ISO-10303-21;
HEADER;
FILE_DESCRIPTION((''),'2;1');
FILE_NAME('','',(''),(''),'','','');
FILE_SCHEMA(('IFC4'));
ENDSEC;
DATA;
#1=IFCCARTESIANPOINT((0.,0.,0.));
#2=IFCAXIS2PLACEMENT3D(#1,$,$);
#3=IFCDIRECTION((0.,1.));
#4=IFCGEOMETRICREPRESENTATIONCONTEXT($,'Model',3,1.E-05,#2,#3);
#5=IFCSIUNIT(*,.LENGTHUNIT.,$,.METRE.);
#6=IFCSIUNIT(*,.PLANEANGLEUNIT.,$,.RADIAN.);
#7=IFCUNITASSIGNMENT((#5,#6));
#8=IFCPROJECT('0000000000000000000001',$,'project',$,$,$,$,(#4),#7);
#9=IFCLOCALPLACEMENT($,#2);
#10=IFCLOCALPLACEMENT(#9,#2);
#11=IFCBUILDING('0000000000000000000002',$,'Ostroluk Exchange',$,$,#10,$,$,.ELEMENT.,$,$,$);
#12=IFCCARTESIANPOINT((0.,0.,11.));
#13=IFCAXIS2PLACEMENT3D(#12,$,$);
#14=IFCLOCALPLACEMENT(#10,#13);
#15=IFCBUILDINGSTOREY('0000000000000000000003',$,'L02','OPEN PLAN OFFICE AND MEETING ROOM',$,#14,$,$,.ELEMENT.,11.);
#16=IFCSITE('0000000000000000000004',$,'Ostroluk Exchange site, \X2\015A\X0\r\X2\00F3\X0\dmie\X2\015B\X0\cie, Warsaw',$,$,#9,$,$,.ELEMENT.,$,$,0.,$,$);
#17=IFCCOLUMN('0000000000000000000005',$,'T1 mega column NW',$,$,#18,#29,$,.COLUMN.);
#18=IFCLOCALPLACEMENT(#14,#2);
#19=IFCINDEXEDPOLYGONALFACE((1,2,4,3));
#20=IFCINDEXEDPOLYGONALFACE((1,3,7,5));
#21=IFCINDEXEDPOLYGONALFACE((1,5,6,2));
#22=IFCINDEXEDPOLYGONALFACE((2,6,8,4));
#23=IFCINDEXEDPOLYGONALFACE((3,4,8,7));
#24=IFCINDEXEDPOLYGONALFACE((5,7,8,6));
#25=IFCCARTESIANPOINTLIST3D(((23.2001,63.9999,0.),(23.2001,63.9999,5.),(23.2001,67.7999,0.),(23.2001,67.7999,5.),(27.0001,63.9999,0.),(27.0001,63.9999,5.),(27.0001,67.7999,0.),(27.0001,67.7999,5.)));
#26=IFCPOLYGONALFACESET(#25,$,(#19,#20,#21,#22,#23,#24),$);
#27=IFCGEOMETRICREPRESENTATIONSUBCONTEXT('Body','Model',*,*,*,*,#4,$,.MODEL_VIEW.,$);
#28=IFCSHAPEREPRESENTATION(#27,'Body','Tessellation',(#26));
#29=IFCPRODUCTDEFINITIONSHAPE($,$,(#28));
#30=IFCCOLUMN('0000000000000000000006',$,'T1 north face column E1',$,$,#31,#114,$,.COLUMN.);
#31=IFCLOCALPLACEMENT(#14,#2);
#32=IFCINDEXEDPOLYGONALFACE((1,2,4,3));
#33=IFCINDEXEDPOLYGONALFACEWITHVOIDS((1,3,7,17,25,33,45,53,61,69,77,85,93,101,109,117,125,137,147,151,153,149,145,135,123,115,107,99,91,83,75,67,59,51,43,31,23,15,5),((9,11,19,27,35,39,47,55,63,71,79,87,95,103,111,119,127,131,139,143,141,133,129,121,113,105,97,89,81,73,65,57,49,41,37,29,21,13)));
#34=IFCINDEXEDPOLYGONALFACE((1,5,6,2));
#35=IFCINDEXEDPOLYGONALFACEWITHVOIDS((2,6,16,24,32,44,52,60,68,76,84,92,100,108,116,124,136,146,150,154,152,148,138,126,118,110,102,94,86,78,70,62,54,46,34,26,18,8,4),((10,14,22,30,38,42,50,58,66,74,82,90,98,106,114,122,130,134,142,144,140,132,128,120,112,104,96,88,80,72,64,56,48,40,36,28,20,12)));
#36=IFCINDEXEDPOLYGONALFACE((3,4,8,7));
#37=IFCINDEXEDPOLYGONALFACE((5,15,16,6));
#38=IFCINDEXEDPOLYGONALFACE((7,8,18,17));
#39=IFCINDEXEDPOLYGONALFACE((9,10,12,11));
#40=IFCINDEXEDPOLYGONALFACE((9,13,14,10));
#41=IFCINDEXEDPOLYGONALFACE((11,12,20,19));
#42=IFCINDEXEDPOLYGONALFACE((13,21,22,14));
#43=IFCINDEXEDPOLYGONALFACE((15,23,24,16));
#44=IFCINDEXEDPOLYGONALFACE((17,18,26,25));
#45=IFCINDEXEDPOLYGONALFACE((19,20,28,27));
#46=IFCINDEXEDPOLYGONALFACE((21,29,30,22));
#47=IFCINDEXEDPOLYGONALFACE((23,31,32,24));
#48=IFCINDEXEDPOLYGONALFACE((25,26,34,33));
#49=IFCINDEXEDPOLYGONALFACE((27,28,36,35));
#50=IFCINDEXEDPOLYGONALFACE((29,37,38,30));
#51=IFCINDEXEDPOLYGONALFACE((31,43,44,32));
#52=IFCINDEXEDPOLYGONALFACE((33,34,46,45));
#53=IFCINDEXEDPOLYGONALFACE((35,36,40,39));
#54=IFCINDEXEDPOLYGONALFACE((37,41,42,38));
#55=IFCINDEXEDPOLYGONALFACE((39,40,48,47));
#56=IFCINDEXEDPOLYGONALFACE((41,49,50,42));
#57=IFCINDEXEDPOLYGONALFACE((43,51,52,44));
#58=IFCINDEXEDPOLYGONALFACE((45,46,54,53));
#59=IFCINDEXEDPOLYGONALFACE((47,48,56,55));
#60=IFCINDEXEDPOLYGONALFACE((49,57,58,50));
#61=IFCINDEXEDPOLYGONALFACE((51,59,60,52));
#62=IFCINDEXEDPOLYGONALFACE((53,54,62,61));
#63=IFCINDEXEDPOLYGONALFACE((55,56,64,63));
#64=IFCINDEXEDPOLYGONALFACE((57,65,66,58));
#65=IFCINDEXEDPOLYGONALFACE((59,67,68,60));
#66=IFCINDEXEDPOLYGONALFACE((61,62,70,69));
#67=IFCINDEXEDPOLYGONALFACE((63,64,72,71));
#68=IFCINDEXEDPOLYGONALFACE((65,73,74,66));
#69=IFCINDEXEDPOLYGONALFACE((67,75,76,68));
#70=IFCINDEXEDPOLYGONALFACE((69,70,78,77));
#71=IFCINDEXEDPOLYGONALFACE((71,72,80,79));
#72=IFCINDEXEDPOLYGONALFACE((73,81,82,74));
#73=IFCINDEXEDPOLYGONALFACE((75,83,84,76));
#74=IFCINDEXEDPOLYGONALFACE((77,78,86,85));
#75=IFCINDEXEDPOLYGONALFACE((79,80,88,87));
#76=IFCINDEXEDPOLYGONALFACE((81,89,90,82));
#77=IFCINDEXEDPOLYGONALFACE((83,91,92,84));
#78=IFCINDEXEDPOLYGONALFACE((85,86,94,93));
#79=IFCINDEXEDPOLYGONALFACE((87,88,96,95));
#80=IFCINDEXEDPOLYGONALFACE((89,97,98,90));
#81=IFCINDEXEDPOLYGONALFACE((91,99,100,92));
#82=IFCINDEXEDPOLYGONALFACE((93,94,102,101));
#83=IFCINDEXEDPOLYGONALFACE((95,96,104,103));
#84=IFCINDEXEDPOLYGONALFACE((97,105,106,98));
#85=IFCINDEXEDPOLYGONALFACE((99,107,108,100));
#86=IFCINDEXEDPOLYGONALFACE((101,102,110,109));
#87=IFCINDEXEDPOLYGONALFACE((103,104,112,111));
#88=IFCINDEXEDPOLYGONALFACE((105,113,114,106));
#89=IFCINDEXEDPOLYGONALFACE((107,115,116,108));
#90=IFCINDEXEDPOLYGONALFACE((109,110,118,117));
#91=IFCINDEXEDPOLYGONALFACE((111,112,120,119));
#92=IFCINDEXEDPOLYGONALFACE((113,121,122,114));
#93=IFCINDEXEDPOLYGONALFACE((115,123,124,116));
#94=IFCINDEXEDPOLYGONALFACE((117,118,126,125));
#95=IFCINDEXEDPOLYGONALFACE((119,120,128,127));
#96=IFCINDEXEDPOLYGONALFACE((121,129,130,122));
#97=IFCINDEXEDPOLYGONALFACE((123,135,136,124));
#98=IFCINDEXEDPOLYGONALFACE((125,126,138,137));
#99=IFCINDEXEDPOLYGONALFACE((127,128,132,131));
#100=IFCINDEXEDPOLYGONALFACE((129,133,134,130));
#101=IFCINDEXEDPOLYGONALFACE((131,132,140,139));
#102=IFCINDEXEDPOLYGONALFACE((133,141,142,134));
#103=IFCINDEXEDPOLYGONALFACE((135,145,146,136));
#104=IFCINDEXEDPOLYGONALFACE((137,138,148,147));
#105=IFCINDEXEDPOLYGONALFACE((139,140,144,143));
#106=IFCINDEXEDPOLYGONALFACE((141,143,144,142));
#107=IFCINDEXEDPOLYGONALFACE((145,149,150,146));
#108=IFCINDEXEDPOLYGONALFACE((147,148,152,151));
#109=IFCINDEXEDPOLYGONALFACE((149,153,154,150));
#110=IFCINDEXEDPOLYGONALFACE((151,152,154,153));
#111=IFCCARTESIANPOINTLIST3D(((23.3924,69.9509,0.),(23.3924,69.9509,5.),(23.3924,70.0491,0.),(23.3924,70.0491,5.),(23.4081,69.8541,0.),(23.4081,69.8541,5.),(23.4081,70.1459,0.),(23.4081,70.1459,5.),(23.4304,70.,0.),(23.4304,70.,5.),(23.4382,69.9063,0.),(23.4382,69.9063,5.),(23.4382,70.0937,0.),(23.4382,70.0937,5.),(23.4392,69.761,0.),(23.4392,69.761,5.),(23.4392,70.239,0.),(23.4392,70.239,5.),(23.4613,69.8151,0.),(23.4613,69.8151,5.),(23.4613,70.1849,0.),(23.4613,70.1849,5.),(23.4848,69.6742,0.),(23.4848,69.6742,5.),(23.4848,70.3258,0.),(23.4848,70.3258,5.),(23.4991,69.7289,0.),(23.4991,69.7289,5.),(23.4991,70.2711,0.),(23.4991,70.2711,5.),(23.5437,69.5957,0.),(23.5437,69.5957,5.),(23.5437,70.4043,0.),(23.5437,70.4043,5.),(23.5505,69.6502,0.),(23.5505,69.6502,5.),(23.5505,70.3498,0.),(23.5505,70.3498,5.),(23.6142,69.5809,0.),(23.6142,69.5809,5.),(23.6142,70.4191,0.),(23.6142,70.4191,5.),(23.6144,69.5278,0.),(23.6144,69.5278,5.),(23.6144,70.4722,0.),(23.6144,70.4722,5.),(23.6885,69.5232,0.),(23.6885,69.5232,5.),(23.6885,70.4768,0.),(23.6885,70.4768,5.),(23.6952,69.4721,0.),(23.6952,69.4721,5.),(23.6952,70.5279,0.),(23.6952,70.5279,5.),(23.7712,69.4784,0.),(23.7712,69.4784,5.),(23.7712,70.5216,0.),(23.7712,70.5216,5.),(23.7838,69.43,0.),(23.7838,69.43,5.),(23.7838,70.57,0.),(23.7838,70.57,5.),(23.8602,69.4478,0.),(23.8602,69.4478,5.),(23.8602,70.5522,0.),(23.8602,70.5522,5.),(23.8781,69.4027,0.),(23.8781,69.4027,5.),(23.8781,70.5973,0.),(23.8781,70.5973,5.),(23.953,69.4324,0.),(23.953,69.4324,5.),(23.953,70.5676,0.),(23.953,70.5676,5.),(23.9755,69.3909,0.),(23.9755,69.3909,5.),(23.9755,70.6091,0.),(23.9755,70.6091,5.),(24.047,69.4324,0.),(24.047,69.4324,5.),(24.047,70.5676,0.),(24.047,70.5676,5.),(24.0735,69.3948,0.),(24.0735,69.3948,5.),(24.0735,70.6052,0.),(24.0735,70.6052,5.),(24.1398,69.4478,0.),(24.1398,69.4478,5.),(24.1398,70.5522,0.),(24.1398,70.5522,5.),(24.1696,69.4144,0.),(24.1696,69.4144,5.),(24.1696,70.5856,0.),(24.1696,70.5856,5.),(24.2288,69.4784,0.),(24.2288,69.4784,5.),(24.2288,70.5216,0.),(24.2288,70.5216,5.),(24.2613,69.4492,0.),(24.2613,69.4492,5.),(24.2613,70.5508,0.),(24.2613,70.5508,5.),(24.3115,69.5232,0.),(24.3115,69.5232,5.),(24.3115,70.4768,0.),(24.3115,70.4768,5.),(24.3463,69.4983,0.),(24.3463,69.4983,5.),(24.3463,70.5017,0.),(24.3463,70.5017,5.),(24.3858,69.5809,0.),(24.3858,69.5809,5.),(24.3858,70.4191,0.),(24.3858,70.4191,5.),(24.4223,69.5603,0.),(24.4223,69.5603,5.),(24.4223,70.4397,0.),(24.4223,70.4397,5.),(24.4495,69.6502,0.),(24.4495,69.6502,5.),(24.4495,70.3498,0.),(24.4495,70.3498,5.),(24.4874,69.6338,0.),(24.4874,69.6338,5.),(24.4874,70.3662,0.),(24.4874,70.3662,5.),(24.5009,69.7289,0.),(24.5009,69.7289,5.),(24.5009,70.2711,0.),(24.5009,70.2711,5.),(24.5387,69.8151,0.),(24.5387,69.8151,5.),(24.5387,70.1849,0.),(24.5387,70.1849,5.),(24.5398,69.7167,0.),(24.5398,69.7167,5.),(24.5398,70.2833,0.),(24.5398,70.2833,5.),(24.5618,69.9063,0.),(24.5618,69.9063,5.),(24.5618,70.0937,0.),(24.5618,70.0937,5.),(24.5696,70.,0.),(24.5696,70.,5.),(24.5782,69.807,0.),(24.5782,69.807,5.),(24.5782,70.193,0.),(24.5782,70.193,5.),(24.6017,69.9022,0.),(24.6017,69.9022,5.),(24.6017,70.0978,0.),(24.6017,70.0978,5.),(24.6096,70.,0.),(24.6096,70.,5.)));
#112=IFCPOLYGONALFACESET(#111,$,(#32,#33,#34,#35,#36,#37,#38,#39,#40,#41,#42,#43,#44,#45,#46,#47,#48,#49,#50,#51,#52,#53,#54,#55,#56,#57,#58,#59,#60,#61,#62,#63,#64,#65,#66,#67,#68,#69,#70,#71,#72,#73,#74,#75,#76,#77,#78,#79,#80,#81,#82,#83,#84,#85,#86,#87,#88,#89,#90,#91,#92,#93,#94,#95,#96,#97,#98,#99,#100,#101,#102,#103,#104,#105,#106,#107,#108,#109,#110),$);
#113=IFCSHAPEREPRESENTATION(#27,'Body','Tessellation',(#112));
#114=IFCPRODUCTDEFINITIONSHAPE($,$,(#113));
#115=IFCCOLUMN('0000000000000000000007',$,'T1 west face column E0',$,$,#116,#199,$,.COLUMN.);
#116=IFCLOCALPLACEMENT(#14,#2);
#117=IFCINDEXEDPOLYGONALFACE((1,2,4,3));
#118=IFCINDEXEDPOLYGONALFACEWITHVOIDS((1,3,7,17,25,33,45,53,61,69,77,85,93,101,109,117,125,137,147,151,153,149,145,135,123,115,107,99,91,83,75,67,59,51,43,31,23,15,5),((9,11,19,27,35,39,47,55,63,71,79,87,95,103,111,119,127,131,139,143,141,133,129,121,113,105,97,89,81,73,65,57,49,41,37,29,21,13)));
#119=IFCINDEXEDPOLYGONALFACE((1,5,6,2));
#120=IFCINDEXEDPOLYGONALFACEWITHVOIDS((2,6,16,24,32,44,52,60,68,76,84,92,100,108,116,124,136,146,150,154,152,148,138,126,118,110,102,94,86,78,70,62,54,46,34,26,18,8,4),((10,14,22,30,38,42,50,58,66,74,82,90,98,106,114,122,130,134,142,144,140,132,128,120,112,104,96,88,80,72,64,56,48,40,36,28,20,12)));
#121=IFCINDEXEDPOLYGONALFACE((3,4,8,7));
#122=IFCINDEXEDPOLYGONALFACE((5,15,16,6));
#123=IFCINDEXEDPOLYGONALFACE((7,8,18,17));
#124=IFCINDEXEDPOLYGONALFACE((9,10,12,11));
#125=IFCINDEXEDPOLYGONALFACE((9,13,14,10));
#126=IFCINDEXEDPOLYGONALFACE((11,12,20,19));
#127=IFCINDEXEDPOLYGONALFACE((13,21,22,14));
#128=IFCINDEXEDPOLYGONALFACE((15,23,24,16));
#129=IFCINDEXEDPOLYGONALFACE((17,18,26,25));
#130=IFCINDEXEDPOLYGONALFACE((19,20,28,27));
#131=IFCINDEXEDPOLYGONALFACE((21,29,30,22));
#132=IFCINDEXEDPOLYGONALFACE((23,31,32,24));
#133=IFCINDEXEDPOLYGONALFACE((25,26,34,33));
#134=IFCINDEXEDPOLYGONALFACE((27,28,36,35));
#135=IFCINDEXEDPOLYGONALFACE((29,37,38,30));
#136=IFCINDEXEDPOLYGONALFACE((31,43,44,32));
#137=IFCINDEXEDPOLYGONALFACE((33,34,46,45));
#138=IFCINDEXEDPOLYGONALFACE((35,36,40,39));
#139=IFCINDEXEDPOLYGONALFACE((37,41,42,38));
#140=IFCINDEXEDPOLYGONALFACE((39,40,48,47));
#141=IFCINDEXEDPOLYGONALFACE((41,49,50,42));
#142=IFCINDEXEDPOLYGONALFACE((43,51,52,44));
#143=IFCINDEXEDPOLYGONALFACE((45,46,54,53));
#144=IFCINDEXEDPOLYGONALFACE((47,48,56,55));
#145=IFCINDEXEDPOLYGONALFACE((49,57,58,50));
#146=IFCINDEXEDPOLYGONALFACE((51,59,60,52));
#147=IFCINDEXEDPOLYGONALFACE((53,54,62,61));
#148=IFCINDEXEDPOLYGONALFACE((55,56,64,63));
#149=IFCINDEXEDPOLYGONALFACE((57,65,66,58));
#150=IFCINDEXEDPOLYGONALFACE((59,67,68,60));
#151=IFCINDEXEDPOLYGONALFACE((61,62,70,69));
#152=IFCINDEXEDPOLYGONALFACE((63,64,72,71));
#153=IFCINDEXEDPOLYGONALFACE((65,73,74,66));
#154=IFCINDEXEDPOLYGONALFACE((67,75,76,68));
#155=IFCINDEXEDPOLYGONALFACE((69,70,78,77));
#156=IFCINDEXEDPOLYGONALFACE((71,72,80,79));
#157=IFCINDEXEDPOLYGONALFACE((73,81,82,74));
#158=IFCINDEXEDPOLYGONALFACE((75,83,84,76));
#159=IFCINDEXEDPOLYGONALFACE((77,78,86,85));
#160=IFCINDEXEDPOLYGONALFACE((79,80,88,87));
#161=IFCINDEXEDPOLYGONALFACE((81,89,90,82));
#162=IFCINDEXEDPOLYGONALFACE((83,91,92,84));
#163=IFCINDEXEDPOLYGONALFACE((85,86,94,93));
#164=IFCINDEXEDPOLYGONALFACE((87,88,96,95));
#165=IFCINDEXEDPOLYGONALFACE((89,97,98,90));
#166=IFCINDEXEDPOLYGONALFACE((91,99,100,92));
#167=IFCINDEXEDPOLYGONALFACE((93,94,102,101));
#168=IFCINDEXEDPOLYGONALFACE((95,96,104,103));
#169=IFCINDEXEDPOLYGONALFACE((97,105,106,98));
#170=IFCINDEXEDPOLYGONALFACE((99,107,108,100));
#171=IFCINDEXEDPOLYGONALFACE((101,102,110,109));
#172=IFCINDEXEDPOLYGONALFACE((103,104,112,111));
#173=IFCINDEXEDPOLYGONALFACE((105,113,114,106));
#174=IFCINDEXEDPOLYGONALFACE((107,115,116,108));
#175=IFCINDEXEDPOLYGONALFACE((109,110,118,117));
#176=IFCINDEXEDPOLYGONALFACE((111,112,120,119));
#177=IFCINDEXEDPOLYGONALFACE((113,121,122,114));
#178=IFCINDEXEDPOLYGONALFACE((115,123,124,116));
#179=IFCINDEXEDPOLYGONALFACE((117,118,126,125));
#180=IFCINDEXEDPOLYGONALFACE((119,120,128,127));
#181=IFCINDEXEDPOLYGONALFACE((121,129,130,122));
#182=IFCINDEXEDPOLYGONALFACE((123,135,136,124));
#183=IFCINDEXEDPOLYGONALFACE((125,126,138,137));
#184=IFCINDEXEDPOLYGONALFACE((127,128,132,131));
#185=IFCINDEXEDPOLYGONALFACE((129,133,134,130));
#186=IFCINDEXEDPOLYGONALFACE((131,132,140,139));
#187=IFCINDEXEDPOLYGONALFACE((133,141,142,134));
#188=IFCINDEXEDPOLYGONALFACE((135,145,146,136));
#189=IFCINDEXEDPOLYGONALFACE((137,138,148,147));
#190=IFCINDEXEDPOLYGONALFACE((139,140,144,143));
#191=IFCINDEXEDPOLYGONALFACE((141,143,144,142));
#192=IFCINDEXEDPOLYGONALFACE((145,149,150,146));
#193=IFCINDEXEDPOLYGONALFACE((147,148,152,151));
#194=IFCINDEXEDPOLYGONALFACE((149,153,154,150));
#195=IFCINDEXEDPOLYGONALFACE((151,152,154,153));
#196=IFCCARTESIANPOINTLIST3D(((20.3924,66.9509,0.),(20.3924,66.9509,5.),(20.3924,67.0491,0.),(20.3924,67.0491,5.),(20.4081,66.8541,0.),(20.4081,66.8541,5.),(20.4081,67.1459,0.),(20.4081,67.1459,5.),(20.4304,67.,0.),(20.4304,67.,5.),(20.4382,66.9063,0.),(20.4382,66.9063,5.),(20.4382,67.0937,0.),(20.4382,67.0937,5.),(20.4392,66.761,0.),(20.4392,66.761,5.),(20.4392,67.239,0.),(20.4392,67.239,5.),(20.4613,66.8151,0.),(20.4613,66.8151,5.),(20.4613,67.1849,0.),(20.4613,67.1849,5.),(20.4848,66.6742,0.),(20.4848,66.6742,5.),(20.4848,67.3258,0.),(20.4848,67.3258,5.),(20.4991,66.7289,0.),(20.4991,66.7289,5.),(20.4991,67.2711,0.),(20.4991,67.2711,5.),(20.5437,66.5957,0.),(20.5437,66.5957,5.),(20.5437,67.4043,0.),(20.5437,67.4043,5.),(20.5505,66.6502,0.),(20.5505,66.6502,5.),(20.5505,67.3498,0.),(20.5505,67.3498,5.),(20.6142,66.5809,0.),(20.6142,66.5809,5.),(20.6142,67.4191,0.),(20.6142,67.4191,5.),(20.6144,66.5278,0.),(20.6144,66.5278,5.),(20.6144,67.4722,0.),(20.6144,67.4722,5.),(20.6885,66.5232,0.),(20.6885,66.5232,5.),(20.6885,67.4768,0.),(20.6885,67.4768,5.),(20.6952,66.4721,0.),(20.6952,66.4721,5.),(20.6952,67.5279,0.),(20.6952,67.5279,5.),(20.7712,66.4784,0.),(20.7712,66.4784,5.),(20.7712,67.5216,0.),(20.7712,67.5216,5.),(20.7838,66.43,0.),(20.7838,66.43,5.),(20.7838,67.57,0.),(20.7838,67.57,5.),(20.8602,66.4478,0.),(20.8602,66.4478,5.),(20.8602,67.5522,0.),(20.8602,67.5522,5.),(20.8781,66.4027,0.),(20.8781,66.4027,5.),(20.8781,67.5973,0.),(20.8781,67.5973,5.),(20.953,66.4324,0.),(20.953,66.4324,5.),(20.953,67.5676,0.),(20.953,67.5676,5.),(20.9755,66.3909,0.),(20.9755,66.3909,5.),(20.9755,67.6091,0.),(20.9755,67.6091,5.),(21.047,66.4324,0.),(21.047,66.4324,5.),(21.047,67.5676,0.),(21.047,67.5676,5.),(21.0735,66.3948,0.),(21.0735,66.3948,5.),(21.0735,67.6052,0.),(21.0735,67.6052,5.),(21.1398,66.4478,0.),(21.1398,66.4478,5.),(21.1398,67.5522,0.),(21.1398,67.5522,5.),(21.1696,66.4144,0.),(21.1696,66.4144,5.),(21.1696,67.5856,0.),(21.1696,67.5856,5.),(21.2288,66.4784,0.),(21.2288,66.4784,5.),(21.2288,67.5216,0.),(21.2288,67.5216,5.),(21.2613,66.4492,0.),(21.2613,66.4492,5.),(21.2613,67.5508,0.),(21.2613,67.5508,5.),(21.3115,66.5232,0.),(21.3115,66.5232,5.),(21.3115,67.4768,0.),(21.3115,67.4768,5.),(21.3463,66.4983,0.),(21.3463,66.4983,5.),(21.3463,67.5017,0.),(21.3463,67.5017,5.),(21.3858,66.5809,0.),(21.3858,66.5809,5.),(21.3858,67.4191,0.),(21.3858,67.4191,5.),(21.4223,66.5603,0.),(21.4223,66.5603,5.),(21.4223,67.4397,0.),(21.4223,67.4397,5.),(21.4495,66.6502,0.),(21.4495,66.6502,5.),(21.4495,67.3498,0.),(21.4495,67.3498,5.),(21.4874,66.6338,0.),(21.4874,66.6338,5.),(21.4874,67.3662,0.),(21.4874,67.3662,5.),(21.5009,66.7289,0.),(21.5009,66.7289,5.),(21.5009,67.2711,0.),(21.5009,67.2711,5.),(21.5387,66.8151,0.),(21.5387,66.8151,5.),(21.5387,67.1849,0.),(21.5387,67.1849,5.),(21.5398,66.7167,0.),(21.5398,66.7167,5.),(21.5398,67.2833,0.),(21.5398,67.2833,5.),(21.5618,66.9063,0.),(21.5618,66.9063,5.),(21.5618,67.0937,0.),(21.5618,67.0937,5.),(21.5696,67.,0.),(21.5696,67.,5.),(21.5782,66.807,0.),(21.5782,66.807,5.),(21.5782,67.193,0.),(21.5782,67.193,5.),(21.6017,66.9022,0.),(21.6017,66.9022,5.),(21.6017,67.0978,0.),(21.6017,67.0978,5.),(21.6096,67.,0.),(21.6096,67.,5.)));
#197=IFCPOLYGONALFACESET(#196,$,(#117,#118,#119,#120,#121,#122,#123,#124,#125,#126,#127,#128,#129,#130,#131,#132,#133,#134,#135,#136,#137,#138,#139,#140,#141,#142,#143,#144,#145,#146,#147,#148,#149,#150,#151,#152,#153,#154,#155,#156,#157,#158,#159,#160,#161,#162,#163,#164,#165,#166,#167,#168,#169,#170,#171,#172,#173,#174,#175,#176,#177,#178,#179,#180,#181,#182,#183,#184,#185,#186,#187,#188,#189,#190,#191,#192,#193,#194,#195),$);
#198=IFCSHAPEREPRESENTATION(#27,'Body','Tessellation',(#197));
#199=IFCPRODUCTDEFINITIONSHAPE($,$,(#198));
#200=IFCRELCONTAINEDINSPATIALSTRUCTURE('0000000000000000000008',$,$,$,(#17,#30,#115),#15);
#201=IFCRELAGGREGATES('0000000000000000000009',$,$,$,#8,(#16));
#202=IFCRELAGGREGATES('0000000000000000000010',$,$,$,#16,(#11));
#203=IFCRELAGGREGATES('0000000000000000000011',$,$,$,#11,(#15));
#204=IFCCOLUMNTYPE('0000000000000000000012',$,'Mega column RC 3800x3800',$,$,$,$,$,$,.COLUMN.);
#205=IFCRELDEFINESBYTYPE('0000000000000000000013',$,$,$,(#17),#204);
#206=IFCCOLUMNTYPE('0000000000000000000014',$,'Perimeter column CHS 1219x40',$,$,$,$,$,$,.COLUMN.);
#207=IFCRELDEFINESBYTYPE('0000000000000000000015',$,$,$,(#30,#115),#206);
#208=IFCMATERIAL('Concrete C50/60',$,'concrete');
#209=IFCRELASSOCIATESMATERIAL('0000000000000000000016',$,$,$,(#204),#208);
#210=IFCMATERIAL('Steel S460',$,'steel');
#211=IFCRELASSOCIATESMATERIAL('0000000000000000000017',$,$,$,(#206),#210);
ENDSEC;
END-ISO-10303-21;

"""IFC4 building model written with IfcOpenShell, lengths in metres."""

from ifc_helpers import new_model, si_unit, direction, frame, origin, origin_2d, place, context, subcontext, project, spatial, rectangle, hollow_circle, extrude, material, material_profile, profile_set, type_object, element, save


model = new_model("IFC4")

# Units and contexts
model_context = context("Model", 3, precision=1e-05, world=origin(), true_north=direction((0.0, 1.0)))
body_context = subcontext(model_context, "Body", "Model", "MODEL_VIEW")
ifc_project = project(units=[si_unit("LENGTHUNIT", "METRE"), si_unit("PLANEANGLEUNIT", "RADIAN")], contexts=[model_context])

# Site, building, storey
site_placement = place(None, origin())
site = spatial("IfcSite", under=ifc_project, at=site_placement, Name="Ostroluk Exchange site, Śródmieście, Warsaw", CompositionType="ELEMENT", RefElevation=0.0)
building_placement = place(site_placement, origin())
building = spatial("IfcBuilding", under=site, at=building_placement, Name="Ostroluk Exchange", CompositionType="ELEMENT")
storey_placement = place(building_placement, frame((0.0, 0.0, 11.0)))
storey = spatial("IfcBuildingStorey", under=building, at=storey_placement, Name="L02", Description="OPEN PLAN OFFICE AND MEETING ROOM", CompositionType="ELEMENT", Elevation=11.0)

# Columns
ifc_material_1 = material(Name="Concrete C50/60", Category="concrete")
ifc_material_profile_1 = material_profile(ifc_material_1, rectangle(XDim=3.8, YDim=3.8, at=origin_2d()), Name="RC 3800x3800")
ifc_profile_set_1 = profile_set([ifc_material_profile_1], Name="Concrete C50/60")
column_type_1 = type_object("IfcColumnType", Name="Mega column RC 3800x3800", PredefinedType="COLUMN", material=ifc_profile_set_1)
column_1_placement = place(storey_placement, frame((25.1001, 65.8999, 0.0), z_axis=(0.0, 0.0, 1.0), x_axis=(1.0, 0.0, 0.0)))
element("IfcColumn", 1, at=column_1_placement, inside=storey, type_object=column_type_1, Name="T1 mega column NW", PredefinedType="COLUMN", context=body_context, shape_type="SweptSolid", body=[
    extrude(rectangle(XDim=3.8, YDim=3.8, at=origin_2d()), origin(), (0.0, 0.0, 1.0), 5.0),
])
ifc_material_2 = material(Name="Steel S460", Category="steel")
ifc_material_profile_2 = material_profile(ifc_material_2, hollow_circle(Radius=0.6096, WallThickness=0.04, at=origin_2d()), Name="CHS 1219x40")
ifc_profile_set_2 = profile_set([ifc_material_profile_2], Name="Steel S460")
column_type_2 = type_object("IfcColumnType", Name="Perimeter column CHS 1219x40", PredefinedType="COLUMN", material=ifc_profile_set_2)
for number, where, z_axis, x_axis, name in (
    (2, (24.0, 70.0, 0.0), (0.0, 0.0, 1.0), (1.0, 0.0, 0.0), "T1 north face column E1"),
    (3, (21.0, 67.0, 0.0), (0.0, 0.0, 1.0), (1.0, 0.0, 0.0), "T1 west face column E0"),
):
    element("IfcColumn", number, at=place(storey_placement, frame(where, z_axis=z_axis, x_axis=x_axis)), inside=storey, type_object=column_type_2, Name=name, PredefinedType="COLUMN", context=body_context, shape_type="SweptSolid", body=[
        extrude(hollow_circle(Radius=0.6096, WallThickness=0.04, at=origin_2d()), origin(), (0.0, 0.0, 1.0), 5.0),
    ])

save(model, "model.ifc")
